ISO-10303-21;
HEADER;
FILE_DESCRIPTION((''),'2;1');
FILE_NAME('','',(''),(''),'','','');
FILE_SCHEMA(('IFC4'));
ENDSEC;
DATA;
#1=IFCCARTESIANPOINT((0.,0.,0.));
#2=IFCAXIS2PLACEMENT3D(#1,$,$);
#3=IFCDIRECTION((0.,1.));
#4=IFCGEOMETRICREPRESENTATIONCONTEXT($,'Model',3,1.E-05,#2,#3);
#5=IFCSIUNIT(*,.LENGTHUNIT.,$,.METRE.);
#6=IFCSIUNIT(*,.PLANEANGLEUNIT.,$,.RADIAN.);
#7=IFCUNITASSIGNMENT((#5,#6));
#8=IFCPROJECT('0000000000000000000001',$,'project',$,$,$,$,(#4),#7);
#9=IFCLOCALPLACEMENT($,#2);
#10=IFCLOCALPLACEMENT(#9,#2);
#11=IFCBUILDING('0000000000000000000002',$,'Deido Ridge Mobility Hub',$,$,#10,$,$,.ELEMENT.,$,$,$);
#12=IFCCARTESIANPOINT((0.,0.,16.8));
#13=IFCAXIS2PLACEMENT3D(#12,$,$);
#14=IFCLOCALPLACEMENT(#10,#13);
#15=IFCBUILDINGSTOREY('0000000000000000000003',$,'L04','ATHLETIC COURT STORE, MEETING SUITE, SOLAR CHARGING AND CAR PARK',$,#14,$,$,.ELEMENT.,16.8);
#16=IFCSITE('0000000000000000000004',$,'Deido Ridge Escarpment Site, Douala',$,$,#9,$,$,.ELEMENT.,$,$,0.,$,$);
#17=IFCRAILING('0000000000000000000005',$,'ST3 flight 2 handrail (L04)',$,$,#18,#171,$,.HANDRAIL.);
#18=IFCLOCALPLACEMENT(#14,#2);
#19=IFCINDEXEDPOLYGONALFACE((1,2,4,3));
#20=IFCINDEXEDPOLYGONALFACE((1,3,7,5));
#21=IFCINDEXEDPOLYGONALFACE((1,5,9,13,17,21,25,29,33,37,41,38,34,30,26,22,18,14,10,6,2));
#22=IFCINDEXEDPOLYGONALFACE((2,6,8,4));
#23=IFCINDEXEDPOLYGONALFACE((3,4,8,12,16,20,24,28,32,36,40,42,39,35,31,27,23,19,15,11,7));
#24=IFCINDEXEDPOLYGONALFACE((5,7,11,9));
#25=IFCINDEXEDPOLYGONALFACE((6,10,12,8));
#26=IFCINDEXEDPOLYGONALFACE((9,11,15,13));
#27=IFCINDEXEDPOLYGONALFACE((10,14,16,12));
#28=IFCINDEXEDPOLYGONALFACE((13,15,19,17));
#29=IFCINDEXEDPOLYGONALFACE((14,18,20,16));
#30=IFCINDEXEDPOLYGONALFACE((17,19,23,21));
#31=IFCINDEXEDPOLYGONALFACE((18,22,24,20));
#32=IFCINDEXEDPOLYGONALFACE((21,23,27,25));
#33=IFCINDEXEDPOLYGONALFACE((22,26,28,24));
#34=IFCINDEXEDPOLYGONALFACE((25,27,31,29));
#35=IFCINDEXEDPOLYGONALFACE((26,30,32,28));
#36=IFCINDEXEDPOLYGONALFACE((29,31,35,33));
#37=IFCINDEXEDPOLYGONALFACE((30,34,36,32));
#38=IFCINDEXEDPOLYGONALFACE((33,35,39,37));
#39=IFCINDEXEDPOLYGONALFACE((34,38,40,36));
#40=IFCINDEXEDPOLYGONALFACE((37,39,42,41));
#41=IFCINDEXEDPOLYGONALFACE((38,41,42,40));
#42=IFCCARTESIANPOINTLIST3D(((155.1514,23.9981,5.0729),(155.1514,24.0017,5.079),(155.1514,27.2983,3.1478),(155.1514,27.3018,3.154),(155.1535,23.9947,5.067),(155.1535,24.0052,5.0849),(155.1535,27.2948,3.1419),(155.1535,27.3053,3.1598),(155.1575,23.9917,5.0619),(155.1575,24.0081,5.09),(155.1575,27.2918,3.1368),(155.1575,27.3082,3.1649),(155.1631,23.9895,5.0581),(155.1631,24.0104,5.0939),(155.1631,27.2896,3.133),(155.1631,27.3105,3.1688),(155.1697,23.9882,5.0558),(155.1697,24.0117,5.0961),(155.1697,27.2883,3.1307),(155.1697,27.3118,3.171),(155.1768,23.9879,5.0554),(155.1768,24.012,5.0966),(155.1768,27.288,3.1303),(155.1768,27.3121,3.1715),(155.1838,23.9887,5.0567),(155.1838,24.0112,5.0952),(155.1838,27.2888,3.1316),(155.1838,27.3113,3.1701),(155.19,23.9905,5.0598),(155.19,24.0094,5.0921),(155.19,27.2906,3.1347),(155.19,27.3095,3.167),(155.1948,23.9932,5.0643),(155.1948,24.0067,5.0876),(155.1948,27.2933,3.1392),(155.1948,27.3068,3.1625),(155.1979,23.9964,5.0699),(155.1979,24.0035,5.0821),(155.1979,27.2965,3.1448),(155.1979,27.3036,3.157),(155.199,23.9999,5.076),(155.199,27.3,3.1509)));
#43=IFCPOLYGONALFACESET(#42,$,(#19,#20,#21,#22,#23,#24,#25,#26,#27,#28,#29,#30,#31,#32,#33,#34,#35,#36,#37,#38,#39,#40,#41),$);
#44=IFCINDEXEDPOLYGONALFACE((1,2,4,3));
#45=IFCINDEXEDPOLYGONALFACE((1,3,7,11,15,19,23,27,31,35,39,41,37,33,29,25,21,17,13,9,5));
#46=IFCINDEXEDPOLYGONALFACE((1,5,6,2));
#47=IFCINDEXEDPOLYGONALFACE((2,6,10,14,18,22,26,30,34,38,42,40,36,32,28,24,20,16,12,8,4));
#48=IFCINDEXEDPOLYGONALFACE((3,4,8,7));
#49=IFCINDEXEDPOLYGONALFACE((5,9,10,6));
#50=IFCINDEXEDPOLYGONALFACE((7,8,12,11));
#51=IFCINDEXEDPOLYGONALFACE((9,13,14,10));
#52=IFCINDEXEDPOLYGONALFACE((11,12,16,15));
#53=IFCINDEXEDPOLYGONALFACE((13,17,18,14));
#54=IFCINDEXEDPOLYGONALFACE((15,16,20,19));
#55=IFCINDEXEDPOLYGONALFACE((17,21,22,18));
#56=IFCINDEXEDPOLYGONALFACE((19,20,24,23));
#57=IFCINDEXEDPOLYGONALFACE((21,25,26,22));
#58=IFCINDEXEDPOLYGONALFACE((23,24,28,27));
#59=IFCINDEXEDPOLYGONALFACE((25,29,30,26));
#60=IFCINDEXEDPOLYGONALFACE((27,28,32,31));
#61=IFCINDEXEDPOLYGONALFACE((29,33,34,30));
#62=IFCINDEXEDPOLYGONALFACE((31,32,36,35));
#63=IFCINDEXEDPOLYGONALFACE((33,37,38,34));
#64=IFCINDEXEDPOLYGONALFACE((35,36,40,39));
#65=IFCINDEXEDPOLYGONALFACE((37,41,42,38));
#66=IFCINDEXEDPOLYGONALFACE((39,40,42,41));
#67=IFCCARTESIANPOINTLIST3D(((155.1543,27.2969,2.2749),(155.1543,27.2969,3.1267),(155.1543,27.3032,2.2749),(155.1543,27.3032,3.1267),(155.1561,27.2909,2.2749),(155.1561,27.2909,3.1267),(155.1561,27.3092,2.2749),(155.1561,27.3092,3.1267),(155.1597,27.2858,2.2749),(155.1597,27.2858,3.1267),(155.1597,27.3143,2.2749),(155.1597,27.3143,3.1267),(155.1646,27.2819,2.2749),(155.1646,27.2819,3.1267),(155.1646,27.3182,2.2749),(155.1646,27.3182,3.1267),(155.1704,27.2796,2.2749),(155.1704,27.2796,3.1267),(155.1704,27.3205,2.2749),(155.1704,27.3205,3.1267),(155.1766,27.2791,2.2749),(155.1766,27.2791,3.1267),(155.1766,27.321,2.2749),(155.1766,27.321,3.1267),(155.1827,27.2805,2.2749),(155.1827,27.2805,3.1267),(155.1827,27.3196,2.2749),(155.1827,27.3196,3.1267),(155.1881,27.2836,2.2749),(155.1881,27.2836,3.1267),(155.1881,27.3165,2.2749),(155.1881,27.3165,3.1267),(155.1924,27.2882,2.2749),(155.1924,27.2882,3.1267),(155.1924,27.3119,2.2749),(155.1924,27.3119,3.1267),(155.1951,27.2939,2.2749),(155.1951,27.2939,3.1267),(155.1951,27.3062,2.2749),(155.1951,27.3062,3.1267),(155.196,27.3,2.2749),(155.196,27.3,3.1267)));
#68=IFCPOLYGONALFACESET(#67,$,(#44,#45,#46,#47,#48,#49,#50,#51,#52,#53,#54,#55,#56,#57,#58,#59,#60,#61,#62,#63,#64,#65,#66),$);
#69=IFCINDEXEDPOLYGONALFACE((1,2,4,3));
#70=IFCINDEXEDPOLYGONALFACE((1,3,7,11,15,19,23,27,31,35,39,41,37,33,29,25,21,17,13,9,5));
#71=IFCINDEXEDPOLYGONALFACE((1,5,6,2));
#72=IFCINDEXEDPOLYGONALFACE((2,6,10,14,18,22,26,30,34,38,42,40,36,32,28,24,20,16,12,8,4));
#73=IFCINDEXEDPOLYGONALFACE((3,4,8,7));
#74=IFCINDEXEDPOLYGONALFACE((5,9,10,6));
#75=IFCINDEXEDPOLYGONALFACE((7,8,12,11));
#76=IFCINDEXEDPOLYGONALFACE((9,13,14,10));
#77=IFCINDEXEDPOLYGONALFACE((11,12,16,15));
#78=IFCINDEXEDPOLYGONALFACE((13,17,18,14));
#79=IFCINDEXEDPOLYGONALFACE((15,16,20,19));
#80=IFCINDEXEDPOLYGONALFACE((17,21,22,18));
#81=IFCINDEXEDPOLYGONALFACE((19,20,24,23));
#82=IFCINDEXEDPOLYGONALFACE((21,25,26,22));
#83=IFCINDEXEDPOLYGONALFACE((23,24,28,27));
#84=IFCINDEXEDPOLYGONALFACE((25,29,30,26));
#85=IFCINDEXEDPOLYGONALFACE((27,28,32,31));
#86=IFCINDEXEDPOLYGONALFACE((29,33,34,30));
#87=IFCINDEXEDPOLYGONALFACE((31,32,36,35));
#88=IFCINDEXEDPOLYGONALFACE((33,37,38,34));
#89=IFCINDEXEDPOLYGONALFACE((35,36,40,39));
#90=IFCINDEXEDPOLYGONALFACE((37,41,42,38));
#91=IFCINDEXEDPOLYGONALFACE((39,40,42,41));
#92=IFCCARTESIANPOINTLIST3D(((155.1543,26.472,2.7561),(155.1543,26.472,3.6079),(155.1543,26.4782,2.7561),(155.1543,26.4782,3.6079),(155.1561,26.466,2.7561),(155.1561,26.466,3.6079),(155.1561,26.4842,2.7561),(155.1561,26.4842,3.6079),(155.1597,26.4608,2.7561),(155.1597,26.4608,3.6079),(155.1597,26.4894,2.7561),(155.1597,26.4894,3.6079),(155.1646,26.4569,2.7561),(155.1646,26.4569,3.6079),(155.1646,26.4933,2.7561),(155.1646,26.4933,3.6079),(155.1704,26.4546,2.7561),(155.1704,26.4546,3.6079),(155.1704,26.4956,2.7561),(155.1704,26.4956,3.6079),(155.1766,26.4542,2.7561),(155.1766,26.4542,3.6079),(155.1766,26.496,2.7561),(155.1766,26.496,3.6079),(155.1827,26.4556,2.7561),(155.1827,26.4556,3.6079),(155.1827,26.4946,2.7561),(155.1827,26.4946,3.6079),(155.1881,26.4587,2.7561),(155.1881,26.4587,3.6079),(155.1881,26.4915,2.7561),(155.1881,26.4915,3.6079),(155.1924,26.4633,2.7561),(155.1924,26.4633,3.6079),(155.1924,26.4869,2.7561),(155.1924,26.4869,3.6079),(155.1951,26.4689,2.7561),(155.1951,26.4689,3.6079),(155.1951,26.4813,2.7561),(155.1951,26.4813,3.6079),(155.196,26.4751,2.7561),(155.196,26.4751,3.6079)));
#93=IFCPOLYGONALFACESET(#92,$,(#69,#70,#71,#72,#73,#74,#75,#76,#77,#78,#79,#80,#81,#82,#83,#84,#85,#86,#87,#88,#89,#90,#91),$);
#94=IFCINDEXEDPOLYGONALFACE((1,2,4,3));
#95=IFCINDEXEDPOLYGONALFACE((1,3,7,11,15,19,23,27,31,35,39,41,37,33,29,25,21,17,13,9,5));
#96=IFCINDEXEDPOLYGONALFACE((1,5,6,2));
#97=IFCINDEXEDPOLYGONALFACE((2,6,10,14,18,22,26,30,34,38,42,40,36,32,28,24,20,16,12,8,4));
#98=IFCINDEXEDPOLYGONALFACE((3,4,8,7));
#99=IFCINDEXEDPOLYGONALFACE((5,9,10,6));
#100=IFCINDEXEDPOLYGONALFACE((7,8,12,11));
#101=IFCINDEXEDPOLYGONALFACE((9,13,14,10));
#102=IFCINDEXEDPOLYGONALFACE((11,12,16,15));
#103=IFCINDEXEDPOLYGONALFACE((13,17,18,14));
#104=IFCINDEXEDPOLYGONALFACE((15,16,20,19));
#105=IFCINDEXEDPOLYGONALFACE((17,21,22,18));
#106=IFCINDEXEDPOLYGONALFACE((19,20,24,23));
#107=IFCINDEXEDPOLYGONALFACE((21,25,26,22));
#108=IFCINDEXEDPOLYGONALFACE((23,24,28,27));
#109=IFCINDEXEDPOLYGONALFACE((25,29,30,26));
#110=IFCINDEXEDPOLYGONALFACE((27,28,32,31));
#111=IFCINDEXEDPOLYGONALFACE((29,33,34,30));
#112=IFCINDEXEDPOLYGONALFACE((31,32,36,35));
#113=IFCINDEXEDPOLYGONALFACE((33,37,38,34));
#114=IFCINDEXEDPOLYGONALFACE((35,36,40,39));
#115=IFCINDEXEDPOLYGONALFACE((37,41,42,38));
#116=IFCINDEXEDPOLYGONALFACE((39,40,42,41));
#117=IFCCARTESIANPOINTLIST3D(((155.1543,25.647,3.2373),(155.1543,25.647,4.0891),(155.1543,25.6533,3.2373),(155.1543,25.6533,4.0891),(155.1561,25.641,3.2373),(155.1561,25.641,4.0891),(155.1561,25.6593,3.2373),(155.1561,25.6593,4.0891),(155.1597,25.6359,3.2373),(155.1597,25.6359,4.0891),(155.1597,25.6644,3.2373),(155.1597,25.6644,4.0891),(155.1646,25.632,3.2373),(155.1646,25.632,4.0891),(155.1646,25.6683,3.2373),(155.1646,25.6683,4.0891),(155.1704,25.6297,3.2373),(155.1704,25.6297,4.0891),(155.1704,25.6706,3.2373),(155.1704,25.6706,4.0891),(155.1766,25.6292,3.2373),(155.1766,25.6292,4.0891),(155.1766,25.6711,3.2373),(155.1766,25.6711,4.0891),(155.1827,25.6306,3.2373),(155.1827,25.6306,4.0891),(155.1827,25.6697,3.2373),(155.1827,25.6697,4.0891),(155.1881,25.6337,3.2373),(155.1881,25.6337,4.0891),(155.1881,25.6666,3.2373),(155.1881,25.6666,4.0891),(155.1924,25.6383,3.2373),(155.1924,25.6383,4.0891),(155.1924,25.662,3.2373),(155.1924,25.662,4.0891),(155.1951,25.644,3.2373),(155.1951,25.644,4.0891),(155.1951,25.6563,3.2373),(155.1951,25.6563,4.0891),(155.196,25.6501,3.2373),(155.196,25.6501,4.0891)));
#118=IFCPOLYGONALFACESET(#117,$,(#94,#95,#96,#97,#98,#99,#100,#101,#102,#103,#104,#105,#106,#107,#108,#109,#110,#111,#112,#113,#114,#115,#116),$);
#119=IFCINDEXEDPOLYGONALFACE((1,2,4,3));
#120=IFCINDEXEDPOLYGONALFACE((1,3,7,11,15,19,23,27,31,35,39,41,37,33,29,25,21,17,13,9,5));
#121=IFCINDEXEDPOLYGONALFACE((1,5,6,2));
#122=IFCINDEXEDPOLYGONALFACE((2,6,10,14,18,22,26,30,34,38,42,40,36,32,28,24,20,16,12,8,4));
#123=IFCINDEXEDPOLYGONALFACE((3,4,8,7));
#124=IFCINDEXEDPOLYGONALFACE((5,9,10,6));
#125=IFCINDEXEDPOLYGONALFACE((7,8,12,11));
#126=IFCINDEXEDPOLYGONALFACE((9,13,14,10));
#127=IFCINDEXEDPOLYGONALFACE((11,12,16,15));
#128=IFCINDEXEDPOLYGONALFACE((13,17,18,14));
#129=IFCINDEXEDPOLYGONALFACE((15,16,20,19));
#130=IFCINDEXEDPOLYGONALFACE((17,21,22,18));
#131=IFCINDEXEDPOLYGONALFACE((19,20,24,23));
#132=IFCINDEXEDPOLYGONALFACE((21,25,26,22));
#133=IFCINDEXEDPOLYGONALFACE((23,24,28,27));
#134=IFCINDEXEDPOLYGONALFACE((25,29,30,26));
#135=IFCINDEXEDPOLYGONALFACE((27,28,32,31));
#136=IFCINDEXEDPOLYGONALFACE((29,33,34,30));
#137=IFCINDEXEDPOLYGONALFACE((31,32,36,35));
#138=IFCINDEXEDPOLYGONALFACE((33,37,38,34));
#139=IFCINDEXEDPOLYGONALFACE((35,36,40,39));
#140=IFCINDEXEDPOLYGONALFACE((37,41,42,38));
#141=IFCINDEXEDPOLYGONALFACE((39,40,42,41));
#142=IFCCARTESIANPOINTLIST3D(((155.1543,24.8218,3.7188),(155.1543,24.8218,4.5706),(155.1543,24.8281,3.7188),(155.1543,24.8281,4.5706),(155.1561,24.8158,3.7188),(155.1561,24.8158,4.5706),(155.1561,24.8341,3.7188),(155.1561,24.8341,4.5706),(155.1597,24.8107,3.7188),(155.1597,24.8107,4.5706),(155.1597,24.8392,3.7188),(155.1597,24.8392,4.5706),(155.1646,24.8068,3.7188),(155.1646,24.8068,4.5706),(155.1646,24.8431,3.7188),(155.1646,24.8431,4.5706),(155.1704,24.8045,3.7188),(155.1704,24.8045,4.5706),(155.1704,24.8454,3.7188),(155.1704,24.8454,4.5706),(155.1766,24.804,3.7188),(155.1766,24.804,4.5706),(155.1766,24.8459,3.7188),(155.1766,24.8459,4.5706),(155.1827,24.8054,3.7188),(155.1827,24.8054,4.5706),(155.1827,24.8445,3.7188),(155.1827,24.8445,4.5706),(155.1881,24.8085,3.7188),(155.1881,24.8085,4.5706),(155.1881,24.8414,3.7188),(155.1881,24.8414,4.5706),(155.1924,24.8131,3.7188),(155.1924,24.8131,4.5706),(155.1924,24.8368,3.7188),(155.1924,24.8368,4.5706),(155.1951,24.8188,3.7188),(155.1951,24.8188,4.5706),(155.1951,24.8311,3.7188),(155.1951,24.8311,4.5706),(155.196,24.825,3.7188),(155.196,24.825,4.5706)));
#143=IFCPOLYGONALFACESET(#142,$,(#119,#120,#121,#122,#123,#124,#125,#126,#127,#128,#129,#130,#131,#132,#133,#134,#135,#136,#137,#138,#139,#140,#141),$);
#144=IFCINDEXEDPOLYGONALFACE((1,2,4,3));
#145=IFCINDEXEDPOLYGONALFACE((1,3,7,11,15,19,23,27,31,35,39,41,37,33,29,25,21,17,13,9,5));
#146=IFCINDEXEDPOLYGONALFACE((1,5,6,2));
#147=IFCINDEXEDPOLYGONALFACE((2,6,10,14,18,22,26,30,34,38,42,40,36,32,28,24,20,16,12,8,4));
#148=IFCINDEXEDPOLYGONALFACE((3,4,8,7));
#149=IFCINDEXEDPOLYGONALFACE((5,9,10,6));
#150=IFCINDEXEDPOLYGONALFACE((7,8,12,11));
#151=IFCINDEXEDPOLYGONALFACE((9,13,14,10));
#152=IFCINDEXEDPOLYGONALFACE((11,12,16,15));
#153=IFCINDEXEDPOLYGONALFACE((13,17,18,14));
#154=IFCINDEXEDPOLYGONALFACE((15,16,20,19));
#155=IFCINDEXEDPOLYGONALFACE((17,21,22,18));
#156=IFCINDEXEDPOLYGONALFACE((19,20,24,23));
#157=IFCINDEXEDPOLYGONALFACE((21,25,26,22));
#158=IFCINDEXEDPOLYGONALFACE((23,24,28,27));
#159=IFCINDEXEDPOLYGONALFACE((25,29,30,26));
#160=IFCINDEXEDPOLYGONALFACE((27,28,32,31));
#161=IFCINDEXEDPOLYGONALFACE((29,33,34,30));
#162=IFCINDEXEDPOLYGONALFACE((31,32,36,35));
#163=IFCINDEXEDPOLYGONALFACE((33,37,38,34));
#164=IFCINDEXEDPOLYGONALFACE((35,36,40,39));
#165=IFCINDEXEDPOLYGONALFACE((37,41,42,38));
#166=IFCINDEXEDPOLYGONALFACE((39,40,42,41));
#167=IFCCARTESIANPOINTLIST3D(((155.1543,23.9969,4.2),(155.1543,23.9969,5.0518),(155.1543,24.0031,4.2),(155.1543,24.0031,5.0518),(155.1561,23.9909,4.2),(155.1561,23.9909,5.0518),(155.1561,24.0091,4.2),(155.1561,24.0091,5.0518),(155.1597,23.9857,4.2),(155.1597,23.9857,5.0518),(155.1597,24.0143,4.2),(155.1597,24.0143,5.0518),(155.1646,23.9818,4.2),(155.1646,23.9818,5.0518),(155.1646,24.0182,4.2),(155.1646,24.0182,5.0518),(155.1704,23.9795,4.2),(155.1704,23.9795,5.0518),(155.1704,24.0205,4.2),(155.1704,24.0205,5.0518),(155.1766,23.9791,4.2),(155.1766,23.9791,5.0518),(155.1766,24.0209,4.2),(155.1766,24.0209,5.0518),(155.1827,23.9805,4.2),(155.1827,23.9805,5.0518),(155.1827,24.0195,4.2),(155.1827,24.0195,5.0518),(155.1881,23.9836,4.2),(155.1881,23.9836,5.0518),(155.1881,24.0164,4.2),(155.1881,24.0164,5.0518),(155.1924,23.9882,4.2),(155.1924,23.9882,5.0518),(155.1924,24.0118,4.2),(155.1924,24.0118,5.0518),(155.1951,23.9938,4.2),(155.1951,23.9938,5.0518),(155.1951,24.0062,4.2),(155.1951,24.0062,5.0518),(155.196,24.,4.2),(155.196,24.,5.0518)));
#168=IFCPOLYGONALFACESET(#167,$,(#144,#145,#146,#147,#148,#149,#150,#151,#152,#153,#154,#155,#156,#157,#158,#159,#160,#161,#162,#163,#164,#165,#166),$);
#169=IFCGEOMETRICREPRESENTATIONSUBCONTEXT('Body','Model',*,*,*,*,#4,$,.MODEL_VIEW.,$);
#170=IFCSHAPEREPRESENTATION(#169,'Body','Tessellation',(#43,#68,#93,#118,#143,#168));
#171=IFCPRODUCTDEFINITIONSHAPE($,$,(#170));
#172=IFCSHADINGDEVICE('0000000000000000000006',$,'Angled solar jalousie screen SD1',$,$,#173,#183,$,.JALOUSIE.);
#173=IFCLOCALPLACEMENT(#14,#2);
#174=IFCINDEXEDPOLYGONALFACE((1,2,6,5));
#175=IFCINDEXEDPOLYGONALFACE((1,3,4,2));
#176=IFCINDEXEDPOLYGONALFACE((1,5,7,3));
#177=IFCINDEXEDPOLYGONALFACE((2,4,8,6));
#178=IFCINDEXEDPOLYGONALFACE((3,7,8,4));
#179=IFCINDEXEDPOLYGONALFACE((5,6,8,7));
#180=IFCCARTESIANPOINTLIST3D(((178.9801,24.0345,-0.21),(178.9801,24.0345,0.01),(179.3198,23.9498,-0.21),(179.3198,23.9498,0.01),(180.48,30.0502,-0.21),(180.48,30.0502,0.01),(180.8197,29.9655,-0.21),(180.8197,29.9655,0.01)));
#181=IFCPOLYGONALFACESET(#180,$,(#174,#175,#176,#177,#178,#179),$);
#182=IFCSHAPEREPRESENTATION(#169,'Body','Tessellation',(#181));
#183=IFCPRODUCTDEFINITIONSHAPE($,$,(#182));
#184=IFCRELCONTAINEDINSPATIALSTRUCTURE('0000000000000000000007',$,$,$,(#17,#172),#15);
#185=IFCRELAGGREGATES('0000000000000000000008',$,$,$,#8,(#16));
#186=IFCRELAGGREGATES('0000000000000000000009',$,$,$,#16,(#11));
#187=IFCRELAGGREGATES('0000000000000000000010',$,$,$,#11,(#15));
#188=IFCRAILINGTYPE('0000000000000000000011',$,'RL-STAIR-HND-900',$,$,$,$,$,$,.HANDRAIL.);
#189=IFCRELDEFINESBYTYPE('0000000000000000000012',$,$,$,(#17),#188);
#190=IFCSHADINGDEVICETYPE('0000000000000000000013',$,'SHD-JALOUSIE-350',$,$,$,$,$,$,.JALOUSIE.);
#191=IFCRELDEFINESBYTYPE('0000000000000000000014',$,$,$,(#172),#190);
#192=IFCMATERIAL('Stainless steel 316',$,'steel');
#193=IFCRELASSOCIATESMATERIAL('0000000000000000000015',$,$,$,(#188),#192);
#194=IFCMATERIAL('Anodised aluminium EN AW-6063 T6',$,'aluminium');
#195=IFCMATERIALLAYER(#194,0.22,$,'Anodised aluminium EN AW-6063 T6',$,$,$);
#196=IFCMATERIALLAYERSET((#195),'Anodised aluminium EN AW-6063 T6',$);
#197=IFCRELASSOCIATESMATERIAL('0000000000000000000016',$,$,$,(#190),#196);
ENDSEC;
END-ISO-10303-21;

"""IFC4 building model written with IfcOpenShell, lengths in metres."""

from ifc_helpers import new_model, si_unit, direction, frame, origin, origin_2d, place, context, subcontext, project, spatial, rectangle, circle, extrude, material, layer, layer_set, type_object, element, save


model = new_model("IFC4")

# Units and contexts
model_context = context("Model", 3, precision=1e-05, world=origin(), true_north=direction((0.0, 1.0)))
body_context = subcontext(model_context, "Body", "Model", "MODEL_VIEW")
ifc_project = project(units=[si_unit("LENGTHUNIT", "METRE"), si_unit("PLANEANGLEUNIT", "RADIAN")], contexts=[model_context])

# Site, building, storey
site_placement = place(None, origin())
site = spatial("IfcSite", under=ifc_project, at=site_placement, Name="Deido Ridge Escarpment Site, Douala", CompositionType="ELEMENT", RefElevation=0.0)
building_placement = place(site_placement, origin())
building = spatial("IfcBuilding", under=site, at=building_placement, Name="Deido Ridge Mobility Hub", CompositionType="ELEMENT")
storey_placement = place(building_placement, frame((0.0, 0.0, 16.8)))
storey = spatial("IfcBuildingStorey", under=building, at=storey_placement, Name="L04", Description="ATHLETIC COURT STORE, MEETING SUITE, SOLAR CHARGING AND CAR PARK", CompositionType="ELEMENT", Elevation=16.8)

# Shared definitions
ifc_material_1 = material(Name="Stainless steel 316", Category="steel")

# Railing
railing_type = type_object("IfcRailingType", Name="RL-STAIR-HND-900", PredefinedType="HANDRAIL", material=ifc_material_1)
railing_placement = place(storey_placement, frame((155.175, 27.3, 2.2749)))
element("IfcRailing", 1, at=railing_placement, inside=storey, type_object=railing_type, Name="ST3 flight 2 handrail (L04)", PredefinedType="HANDRAIL", context=body_context, shape_type="SweptSolid", body=[
    extrude(circle(Radius=0.0239, at=origin_2d()), frame((0.0, 0.0, 0.876), z_axis=(0.0, -0.863777, 0.503875), x_axis=(1.0, 0.0, 0.0)), (0.0, 0.0, 1.0), 3.8206),
    extrude(circle(Radius=0.021, at=origin_2d()), origin(), (0.0, 0.0, 1.0), 0.8518),
    extrude(circle(Radius=0.021, at=origin_2d()), frame((0.0, -0.825, 0.4812)), (0.0, 0.0, 1.0), 0.8518),
    extrude(circle(Radius=0.021, at=origin_2d()), frame((0.0, -1.6499, 0.9624)), (0.0, 0.0, 1.0), 0.8518),
    extrude(circle(Radius=0.021, at=origin_2d()), frame((0.0, -2.4751, 1.4438)), (0.0, 0.0, 1.0), 0.8518),
    extrude(circle(Radius=0.021, at=origin_2d()), frame((0.0, -3.3, 1.925)), (0.0, 0.0, 1.0), 0.8518),
])

# Shading device
ifc_material_2 = material(Name="Anodised aluminium EN AW-6063 T6", Category="aluminium")
ifc_layer_1 = layer(ifc_material_2, 0.22, Name="Anodised aluminium EN AW-6063 T6")
ifc_layer_set_1 = layer_set([ifc_layer_1], Name="Anodised aluminium EN AW-6063 T6")
shading_device_type = type_object("IfcShadingDeviceType", Name="SHD-JALOUSIE-350", PredefinedType="JALOUSIE", material=ifc_layer_set_1)
shading_device_placement = place(storey_placement, frame((179.8999, 27.0, -0.21), z_axis=(0.0, 0.0, 1.0), x_axis=(0.241922, 0.970296, 0.0)))
element("IfcShadingDevice", 2, at=shading_device_placement, inside=storey, type_object=shading_device_type, Name="Angled solar jalousie screen SD1", PredefinedType="JALOUSIE", context=body_context, shape_type="SweptSolid", body=[
    extrude(rectangle(XDim=6.2, YDim=0.3501, at=origin_2d()), origin(), (0.0, 0.0, 1.0), 0.22),
])

save(model, "model.ifc")
